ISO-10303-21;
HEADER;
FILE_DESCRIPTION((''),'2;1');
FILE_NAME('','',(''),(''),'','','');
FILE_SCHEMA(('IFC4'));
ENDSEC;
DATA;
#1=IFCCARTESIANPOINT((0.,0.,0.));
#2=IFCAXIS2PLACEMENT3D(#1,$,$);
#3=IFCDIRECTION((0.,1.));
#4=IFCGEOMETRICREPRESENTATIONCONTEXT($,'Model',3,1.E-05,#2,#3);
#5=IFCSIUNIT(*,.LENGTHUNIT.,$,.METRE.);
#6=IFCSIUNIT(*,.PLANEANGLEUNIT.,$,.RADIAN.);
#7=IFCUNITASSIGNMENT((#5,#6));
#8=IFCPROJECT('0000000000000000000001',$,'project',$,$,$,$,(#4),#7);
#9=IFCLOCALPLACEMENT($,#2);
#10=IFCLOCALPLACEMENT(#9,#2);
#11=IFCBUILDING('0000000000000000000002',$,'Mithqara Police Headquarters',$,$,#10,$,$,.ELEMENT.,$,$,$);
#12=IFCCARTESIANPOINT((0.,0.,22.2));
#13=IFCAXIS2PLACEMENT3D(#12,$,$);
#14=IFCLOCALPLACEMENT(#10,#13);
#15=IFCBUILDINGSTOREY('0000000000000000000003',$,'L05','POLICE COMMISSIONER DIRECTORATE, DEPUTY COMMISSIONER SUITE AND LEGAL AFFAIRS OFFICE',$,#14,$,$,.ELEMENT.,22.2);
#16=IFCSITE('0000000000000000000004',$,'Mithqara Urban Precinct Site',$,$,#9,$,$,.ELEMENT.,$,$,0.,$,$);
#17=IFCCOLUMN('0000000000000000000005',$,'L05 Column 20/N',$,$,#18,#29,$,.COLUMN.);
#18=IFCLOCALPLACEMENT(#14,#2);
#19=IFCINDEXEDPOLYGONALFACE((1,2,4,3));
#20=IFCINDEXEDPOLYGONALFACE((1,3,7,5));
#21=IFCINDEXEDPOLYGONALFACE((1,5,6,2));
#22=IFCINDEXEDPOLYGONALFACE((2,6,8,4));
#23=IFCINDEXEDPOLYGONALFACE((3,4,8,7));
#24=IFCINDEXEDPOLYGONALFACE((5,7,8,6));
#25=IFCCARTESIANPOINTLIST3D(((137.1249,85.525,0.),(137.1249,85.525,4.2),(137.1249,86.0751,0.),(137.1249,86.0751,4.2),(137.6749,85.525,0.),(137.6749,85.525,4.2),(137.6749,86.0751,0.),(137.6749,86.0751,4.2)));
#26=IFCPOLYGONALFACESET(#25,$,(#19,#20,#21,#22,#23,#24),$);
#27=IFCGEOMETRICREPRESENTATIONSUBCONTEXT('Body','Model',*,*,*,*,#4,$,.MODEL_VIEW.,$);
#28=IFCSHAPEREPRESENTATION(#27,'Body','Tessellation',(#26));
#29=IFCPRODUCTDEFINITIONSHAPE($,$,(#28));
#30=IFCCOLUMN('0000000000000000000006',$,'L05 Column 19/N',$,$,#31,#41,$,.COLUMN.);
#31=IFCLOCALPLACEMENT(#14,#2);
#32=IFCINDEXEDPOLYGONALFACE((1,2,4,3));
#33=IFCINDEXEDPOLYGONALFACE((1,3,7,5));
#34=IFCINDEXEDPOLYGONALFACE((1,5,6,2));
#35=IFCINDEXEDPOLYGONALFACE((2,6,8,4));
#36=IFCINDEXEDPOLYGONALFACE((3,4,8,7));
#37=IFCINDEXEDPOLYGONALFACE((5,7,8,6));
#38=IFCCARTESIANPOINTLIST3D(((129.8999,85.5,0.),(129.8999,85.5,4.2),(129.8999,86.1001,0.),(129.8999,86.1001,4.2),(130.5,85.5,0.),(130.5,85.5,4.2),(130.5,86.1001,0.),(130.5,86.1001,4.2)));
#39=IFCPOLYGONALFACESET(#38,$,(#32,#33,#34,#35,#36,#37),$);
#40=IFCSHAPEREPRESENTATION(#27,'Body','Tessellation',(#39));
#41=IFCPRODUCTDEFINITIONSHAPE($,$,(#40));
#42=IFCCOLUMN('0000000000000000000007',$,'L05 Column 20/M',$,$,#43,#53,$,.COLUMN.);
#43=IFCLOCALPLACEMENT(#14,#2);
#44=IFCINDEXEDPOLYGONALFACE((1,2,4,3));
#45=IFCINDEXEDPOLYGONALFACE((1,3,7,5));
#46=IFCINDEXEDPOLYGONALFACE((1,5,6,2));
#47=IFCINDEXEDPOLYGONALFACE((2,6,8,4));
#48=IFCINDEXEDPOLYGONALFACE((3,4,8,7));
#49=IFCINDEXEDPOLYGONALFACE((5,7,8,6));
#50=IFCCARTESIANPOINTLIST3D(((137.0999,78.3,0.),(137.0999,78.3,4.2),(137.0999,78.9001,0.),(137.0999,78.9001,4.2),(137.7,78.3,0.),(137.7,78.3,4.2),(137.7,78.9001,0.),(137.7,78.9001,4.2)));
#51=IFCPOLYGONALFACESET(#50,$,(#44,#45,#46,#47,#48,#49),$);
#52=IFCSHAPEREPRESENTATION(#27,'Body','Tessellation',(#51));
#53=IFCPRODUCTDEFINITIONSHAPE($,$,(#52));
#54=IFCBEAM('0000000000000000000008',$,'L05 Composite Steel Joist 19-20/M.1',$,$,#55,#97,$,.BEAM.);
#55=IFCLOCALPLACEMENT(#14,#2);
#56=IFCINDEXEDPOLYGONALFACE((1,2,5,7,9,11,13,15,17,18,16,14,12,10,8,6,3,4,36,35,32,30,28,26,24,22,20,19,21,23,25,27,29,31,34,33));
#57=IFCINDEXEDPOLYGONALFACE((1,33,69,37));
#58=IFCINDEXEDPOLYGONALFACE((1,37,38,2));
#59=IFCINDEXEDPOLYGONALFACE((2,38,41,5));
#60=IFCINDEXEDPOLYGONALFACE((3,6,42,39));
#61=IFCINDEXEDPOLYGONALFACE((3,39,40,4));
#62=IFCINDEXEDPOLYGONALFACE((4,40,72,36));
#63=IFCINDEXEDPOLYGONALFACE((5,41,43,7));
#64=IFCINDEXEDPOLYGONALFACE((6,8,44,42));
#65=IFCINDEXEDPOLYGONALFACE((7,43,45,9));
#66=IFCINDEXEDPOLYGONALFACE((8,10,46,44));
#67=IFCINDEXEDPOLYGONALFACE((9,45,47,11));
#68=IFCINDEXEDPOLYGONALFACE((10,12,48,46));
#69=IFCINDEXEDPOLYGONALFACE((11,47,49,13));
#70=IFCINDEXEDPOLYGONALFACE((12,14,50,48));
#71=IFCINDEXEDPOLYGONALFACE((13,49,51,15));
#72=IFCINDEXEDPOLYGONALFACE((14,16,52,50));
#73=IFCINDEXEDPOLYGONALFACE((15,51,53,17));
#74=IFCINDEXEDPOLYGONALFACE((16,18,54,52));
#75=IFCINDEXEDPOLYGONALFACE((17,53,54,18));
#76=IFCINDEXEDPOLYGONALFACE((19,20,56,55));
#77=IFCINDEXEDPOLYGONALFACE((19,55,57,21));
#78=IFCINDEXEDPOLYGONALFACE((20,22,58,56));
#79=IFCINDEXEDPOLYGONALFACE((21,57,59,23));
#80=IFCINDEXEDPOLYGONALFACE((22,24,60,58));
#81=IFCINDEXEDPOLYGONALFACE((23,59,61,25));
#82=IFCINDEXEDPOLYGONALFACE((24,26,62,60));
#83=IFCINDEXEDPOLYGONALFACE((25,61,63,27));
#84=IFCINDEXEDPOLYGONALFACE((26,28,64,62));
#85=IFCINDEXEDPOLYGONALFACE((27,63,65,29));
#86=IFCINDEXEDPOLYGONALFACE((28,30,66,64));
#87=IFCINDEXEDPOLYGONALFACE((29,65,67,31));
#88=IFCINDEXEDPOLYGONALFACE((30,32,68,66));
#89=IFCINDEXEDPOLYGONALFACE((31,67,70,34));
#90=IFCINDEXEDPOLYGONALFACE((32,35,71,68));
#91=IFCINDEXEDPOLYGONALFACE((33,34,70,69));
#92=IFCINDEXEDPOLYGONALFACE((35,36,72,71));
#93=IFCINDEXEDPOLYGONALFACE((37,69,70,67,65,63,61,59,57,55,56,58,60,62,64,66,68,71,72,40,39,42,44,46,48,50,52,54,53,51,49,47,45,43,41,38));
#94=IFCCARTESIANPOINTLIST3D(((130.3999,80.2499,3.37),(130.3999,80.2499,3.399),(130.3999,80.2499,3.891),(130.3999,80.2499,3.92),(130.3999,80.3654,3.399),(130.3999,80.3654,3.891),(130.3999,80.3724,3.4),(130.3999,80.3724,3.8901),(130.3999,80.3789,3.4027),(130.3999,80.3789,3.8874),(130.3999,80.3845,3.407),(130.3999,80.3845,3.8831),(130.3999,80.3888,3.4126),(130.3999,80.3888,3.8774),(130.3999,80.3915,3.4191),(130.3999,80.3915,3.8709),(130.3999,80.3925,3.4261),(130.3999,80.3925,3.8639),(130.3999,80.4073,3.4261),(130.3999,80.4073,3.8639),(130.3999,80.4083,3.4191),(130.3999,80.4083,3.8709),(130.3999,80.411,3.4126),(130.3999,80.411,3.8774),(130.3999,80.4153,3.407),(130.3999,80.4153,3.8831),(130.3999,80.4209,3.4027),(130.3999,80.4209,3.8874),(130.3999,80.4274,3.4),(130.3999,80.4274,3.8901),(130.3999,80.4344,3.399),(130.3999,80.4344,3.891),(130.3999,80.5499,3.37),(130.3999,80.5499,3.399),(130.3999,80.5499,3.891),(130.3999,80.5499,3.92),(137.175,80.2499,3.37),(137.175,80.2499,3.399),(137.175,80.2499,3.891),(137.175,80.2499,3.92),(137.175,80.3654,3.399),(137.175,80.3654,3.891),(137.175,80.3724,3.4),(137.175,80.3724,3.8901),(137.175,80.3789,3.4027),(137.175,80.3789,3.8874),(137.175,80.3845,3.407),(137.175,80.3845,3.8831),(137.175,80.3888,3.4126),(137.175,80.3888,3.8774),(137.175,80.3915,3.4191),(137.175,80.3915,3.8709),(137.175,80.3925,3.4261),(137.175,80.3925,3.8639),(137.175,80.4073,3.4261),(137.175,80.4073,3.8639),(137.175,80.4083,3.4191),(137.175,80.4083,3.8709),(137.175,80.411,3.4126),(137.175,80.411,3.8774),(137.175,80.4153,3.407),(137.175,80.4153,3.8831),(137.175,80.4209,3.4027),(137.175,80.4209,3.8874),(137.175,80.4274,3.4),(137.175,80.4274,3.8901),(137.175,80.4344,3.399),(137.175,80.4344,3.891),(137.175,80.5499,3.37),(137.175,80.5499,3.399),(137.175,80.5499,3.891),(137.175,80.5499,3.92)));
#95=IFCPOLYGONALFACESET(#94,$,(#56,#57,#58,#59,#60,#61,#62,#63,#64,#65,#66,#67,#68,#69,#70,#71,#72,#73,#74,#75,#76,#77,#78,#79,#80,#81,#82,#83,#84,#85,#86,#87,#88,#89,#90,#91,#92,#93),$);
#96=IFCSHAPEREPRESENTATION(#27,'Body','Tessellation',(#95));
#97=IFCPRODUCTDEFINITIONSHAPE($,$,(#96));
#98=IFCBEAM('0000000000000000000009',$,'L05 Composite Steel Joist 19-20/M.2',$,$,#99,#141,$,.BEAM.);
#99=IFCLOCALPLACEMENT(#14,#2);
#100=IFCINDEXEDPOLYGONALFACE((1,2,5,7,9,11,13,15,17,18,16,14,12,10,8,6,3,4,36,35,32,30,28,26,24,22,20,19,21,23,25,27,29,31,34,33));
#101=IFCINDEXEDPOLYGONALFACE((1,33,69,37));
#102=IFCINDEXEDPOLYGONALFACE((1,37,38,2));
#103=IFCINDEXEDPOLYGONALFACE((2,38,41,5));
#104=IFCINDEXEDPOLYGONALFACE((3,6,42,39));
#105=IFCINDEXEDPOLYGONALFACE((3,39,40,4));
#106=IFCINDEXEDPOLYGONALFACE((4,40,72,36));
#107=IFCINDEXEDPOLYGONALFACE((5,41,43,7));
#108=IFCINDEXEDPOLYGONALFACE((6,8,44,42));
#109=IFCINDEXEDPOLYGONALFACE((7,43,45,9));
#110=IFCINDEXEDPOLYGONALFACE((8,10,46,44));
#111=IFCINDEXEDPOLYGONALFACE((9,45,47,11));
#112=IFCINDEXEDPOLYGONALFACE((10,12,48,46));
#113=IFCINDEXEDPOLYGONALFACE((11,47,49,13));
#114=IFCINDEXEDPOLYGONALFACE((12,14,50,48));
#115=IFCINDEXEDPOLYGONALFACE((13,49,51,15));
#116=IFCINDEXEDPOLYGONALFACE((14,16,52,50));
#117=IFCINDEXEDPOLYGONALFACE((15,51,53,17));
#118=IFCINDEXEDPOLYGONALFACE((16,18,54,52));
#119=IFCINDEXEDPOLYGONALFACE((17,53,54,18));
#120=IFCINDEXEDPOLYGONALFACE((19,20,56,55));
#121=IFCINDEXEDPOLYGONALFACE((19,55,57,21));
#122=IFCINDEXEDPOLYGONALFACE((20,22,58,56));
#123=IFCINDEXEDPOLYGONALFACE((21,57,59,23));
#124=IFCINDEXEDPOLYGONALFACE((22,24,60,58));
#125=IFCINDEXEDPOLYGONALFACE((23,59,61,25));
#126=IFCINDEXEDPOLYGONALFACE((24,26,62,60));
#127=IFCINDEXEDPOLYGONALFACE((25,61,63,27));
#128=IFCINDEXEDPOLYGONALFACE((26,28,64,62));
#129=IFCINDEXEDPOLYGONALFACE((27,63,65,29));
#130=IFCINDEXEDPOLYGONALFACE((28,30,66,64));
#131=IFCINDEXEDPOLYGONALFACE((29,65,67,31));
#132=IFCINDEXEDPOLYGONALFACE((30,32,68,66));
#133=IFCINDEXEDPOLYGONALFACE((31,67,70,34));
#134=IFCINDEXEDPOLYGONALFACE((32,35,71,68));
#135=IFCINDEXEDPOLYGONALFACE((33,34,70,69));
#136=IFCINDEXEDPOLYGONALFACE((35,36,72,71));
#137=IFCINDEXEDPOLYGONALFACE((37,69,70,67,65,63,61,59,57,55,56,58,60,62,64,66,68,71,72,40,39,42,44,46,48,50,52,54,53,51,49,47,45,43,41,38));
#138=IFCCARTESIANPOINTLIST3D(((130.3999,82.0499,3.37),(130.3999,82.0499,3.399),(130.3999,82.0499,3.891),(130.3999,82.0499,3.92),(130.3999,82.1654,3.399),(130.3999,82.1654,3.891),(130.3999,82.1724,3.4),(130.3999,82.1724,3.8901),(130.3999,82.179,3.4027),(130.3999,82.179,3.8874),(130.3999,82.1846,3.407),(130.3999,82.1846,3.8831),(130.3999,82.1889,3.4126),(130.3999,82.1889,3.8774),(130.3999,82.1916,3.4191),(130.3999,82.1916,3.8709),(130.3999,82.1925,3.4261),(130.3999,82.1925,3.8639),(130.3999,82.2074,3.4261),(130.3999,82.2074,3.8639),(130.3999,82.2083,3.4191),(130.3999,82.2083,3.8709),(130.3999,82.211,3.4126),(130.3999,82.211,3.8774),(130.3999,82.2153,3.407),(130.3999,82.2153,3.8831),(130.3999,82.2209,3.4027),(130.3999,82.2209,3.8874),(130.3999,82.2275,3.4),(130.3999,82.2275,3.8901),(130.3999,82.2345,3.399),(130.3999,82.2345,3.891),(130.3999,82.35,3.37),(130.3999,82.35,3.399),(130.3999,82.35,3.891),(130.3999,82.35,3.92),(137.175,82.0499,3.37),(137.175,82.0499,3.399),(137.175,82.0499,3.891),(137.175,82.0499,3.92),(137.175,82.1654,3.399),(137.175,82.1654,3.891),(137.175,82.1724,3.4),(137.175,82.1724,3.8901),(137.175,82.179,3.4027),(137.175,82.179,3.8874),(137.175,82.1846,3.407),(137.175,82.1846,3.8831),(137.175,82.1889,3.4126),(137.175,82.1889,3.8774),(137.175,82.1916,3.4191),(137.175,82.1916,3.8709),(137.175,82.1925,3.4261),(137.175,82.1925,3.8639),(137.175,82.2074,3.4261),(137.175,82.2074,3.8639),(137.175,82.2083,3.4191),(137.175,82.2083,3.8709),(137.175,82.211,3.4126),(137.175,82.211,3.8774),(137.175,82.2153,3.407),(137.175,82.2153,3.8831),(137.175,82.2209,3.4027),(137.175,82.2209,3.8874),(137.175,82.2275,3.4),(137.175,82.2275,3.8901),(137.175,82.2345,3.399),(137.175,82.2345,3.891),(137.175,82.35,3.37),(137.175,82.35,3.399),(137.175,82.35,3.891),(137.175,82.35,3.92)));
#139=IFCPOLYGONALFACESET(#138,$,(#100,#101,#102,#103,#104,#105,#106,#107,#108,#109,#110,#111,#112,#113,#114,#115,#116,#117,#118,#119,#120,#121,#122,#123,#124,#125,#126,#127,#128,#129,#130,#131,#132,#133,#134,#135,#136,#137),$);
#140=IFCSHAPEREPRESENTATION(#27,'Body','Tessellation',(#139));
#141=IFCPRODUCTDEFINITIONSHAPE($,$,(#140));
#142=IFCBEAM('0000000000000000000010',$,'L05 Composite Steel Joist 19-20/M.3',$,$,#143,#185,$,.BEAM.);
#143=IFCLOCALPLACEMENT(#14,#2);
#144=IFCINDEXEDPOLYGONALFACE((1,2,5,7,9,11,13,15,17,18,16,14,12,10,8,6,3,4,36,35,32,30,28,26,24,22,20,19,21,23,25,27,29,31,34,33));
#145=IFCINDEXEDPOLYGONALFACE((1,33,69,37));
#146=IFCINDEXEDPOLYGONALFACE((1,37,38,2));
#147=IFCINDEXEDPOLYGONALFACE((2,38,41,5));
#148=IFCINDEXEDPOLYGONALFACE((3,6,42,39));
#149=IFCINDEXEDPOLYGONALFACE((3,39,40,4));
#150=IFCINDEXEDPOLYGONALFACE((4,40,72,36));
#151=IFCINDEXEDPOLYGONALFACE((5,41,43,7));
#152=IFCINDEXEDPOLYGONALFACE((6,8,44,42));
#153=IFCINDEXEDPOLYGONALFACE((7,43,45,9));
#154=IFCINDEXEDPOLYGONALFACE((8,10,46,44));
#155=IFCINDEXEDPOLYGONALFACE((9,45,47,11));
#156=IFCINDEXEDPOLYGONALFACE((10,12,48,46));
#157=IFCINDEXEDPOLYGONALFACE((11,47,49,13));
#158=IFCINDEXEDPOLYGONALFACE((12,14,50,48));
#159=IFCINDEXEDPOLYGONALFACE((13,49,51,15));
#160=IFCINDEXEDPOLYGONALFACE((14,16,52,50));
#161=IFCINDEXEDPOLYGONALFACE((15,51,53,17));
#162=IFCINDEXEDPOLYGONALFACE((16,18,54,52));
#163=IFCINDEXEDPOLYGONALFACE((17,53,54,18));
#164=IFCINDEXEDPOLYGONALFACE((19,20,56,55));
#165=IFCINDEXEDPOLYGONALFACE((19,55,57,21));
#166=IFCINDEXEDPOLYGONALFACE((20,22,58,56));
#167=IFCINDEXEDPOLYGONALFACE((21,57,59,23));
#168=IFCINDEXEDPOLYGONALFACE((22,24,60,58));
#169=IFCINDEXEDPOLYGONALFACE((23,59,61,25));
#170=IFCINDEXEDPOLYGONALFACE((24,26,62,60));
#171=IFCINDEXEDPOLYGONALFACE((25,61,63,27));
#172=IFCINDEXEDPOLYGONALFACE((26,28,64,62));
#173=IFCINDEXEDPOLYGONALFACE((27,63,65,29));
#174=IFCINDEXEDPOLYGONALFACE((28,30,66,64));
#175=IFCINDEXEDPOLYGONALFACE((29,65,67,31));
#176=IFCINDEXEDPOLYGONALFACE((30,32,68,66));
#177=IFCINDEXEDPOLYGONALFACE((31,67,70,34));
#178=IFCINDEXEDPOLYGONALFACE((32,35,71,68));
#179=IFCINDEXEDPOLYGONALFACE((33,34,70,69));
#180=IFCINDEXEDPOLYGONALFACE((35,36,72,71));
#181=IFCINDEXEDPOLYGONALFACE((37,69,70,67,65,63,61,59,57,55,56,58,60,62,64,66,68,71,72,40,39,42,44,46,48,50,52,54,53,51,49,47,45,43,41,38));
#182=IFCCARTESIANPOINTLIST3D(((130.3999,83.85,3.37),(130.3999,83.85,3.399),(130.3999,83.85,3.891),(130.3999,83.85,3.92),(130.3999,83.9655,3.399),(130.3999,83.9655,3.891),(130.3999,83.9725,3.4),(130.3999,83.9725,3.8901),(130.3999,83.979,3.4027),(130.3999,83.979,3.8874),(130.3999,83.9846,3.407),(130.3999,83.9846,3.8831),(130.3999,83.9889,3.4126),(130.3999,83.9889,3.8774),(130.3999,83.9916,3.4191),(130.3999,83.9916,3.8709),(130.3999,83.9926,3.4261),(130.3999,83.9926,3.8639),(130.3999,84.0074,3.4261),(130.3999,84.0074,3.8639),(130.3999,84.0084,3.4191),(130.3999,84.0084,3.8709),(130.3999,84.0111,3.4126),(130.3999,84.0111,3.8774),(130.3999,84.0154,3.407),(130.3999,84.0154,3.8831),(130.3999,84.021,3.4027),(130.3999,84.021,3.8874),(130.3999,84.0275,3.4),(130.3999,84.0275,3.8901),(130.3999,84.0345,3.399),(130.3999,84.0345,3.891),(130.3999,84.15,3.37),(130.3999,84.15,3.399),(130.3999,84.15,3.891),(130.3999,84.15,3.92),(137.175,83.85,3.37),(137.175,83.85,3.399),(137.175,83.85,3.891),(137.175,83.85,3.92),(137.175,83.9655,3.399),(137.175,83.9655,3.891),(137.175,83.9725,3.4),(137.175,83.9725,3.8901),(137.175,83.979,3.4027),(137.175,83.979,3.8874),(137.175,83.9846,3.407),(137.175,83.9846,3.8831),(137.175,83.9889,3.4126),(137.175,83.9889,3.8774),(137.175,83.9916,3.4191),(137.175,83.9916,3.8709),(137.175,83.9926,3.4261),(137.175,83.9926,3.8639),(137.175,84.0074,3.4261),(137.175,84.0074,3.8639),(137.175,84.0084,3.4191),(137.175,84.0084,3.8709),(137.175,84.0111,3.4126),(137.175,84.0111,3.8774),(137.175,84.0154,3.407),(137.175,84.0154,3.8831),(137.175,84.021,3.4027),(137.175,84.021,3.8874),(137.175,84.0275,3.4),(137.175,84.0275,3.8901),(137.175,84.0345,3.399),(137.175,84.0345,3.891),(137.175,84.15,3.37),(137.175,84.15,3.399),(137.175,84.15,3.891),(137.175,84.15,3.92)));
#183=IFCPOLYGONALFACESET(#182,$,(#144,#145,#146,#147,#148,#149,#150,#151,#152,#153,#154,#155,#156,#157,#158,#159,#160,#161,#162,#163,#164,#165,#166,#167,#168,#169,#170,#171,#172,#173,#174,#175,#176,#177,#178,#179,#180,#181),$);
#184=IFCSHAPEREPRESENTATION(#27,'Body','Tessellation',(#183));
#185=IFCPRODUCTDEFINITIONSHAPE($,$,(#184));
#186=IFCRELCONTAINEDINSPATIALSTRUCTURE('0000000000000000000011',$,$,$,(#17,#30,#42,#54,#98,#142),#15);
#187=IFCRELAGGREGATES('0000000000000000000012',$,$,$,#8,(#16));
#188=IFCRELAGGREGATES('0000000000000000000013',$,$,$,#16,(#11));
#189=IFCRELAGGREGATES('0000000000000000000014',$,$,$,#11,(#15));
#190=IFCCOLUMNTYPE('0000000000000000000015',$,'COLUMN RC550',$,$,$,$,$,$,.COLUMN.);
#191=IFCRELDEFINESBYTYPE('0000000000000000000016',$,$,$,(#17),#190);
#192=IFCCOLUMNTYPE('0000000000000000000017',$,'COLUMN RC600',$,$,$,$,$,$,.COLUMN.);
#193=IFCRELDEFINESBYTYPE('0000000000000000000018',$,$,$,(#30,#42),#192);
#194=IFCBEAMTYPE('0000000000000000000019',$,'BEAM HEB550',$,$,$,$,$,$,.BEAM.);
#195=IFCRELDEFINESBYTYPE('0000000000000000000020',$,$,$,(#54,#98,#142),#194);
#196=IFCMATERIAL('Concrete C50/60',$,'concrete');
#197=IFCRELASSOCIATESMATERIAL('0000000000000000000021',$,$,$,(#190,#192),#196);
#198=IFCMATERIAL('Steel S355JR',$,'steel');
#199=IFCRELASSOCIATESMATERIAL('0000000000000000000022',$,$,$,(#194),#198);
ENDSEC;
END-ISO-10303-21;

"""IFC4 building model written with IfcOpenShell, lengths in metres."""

from ifc_helpers import new_model, si_unit, direction, frame, origin, origin_2d, place, context, subcontext, project, spatial, rectangle, i_section, extrude, material, material_profile, profile_set, type_object, element, save


model = new_model("IFC4")

# Units and contexts
model_context = context("Model", 3, precision=1e-05, world=origin(), true_north=direction((0.0, 1.0)))
body_context = subcontext(model_context, "Body", "Model", "MODEL_VIEW")
ifc_project = project(units=[si_unit("LENGTHUNIT", "METRE"), si_unit("PLANEANGLEUNIT", "RADIAN")], contexts=[model_context])

# Site, building, storey
site_placement = place(None, origin())
site = spatial("IfcSite", under=ifc_project, at=site_placement, Name="Mithqara Urban Precinct Site", CompositionType="ELEMENT", RefElevation=0.0)
building_placement = place(site_placement, origin())
building = spatial("IfcBuilding", under=site, at=building_placement, Name="Mithqara Police Headquarters", CompositionType="ELEMENT")
storey_placement = place(building_placement, frame((0.0, 0.0, 22.2)))
storey = spatial("IfcBuildingStorey", under=building, at=storey_placement, Name="L05", Description="POLICE COMMISSIONER DIRECTORATE, DEPUTY COMMISSIONER SUITE AND LEGAL AFFAIRS OFFICE", CompositionType="ELEMENT", Elevation=22.2)

# Columns
ifc_material_1 = material(Name="Concrete C50/60", Category="concrete")
ifc_material_profile_1 = material_profile(ifc_material_1, rectangle(XDim=0.55, YDim=0.55, at=origin_2d()), Name="RC 550x550")
ifc_profile_set_1 = profile_set([ifc_material_profile_1], Name="Concrete C50/60")
column_type_1 = type_object("IfcColumnType", Name="COLUMN RC550", PredefinedType="COLUMN", material=ifc_profile_set_1)
column_placement = place(storey_placement, frame((137.3999, 85.8, 0.0), z_axis=(0.0, 0.0, 1.0), x_axis=(1.0, 0.0, 0.0)))
element("IfcColumn", 1, at=column_placement, inside=storey, type_object=column_type_1, Name="L05 Column 20/N", PredefinedType="COLUMN", context=body_context, shape_type="SweptSolid", body=[
    extrude(rectangle(XDim=0.55, YDim=0.55, at=origin_2d()), origin(), (0.0, 0.0, 1.0), 4.2),
])
ifc_material_profile_2 = material_profile(ifc_material_1, rectangle(XDim=0.6001, YDim=0.6001, at=origin_2d()), Name="RC 600x600")
ifc_profile_set_2 = profile_set([ifc_material_profile_2], Name="Concrete C50/60")
column_type_2 = type_object("IfcColumnType", Name="COLUMN RC600", PredefinedType="COLUMN", material=ifc_profile_set_2)
for number, where, z_axis, x_axis, name in (
    (2, (130.2, 85.8, 0.0), (0.0, 0.0, 1.0), (1.0, 0.0, 0.0), "L05 Column 19/N"),
    (3, (137.3999, 78.6001, 0.0), (0.0, 0.0, 1.0), (1.0, 0.0, 0.0), "L05 Column 20/M"),
):
    element("IfcColumn", number, at=place(storey_placement, frame(where, z_axis=z_axis, x_axis=x_axis)), inside=storey, type_object=column_type_2, Name=name, PredefinedType="COLUMN", context=body_context, shape_type="SweptSolid", body=[
        extrude(rectangle(XDim=0.6001, YDim=0.6001, at=origin_2d()), origin(), (0.0, 0.0, 1.0), 4.2),
    ])

# Beams
ifc_material_2 = material(Name="Steel S355JR", Category="steel")
ifc_material_profile_3 = material_profile(ifc_material_2, i_section(OverallWidth=0.3, OverallDepth=0.55, WebThickness=0.0149, FlangeThickness=0.0291, FilletRadius=0.0271, at=origin_2d()), Name="HEB 550")
ifc_profile_set_3 = profile_set([ifc_material_profile_3], Name="Steel S355JR")
beam_type_1 = type_object("IfcBeamType", Name="BEAM HEB550", PredefinedType="BEAM", material=ifc_profile_set_3)
for number, where, z_axis, x_axis, name in (
    (4, (130.3999, 80.3999, 3.645), (1.0, 0.0, 0.0), (0.0, 1.0, 0.0), "L05 Composite Steel Joist 19-20/M.1"),
    (5, (130.3999, 82.2, 3.645), (1.0, 0.0, 0.0), (0.0, 1.0, 0.0), "L05 Composite Steel Joist 19-20/M.2"),
    (6, (130.3999, 84.0, 3.645), (1.0, 0.0, 0.0), (0.0, 1.0, 0.0), "L05 Composite Steel Joist 19-20/M.3"),
):
    element("IfcBeam", number, at=place(storey_placement, frame(where, z_axis=z_axis, x_axis=x_axis)), inside=storey, type_object=beam_type_1, Name=name, PredefinedType="BEAM", context=body_context, shape_type="SweptSolid", body=[
        extrude(i_section(OverallWidth=0.3, OverallDepth=0.55, WebThickness=0.0149, FlangeThickness=0.0291, FilletRadius=0.0271, at=origin_2d()), origin(), (0.0, 0.0, 1.0), 6.7751),
    ])

save(model, "model.ifc")
